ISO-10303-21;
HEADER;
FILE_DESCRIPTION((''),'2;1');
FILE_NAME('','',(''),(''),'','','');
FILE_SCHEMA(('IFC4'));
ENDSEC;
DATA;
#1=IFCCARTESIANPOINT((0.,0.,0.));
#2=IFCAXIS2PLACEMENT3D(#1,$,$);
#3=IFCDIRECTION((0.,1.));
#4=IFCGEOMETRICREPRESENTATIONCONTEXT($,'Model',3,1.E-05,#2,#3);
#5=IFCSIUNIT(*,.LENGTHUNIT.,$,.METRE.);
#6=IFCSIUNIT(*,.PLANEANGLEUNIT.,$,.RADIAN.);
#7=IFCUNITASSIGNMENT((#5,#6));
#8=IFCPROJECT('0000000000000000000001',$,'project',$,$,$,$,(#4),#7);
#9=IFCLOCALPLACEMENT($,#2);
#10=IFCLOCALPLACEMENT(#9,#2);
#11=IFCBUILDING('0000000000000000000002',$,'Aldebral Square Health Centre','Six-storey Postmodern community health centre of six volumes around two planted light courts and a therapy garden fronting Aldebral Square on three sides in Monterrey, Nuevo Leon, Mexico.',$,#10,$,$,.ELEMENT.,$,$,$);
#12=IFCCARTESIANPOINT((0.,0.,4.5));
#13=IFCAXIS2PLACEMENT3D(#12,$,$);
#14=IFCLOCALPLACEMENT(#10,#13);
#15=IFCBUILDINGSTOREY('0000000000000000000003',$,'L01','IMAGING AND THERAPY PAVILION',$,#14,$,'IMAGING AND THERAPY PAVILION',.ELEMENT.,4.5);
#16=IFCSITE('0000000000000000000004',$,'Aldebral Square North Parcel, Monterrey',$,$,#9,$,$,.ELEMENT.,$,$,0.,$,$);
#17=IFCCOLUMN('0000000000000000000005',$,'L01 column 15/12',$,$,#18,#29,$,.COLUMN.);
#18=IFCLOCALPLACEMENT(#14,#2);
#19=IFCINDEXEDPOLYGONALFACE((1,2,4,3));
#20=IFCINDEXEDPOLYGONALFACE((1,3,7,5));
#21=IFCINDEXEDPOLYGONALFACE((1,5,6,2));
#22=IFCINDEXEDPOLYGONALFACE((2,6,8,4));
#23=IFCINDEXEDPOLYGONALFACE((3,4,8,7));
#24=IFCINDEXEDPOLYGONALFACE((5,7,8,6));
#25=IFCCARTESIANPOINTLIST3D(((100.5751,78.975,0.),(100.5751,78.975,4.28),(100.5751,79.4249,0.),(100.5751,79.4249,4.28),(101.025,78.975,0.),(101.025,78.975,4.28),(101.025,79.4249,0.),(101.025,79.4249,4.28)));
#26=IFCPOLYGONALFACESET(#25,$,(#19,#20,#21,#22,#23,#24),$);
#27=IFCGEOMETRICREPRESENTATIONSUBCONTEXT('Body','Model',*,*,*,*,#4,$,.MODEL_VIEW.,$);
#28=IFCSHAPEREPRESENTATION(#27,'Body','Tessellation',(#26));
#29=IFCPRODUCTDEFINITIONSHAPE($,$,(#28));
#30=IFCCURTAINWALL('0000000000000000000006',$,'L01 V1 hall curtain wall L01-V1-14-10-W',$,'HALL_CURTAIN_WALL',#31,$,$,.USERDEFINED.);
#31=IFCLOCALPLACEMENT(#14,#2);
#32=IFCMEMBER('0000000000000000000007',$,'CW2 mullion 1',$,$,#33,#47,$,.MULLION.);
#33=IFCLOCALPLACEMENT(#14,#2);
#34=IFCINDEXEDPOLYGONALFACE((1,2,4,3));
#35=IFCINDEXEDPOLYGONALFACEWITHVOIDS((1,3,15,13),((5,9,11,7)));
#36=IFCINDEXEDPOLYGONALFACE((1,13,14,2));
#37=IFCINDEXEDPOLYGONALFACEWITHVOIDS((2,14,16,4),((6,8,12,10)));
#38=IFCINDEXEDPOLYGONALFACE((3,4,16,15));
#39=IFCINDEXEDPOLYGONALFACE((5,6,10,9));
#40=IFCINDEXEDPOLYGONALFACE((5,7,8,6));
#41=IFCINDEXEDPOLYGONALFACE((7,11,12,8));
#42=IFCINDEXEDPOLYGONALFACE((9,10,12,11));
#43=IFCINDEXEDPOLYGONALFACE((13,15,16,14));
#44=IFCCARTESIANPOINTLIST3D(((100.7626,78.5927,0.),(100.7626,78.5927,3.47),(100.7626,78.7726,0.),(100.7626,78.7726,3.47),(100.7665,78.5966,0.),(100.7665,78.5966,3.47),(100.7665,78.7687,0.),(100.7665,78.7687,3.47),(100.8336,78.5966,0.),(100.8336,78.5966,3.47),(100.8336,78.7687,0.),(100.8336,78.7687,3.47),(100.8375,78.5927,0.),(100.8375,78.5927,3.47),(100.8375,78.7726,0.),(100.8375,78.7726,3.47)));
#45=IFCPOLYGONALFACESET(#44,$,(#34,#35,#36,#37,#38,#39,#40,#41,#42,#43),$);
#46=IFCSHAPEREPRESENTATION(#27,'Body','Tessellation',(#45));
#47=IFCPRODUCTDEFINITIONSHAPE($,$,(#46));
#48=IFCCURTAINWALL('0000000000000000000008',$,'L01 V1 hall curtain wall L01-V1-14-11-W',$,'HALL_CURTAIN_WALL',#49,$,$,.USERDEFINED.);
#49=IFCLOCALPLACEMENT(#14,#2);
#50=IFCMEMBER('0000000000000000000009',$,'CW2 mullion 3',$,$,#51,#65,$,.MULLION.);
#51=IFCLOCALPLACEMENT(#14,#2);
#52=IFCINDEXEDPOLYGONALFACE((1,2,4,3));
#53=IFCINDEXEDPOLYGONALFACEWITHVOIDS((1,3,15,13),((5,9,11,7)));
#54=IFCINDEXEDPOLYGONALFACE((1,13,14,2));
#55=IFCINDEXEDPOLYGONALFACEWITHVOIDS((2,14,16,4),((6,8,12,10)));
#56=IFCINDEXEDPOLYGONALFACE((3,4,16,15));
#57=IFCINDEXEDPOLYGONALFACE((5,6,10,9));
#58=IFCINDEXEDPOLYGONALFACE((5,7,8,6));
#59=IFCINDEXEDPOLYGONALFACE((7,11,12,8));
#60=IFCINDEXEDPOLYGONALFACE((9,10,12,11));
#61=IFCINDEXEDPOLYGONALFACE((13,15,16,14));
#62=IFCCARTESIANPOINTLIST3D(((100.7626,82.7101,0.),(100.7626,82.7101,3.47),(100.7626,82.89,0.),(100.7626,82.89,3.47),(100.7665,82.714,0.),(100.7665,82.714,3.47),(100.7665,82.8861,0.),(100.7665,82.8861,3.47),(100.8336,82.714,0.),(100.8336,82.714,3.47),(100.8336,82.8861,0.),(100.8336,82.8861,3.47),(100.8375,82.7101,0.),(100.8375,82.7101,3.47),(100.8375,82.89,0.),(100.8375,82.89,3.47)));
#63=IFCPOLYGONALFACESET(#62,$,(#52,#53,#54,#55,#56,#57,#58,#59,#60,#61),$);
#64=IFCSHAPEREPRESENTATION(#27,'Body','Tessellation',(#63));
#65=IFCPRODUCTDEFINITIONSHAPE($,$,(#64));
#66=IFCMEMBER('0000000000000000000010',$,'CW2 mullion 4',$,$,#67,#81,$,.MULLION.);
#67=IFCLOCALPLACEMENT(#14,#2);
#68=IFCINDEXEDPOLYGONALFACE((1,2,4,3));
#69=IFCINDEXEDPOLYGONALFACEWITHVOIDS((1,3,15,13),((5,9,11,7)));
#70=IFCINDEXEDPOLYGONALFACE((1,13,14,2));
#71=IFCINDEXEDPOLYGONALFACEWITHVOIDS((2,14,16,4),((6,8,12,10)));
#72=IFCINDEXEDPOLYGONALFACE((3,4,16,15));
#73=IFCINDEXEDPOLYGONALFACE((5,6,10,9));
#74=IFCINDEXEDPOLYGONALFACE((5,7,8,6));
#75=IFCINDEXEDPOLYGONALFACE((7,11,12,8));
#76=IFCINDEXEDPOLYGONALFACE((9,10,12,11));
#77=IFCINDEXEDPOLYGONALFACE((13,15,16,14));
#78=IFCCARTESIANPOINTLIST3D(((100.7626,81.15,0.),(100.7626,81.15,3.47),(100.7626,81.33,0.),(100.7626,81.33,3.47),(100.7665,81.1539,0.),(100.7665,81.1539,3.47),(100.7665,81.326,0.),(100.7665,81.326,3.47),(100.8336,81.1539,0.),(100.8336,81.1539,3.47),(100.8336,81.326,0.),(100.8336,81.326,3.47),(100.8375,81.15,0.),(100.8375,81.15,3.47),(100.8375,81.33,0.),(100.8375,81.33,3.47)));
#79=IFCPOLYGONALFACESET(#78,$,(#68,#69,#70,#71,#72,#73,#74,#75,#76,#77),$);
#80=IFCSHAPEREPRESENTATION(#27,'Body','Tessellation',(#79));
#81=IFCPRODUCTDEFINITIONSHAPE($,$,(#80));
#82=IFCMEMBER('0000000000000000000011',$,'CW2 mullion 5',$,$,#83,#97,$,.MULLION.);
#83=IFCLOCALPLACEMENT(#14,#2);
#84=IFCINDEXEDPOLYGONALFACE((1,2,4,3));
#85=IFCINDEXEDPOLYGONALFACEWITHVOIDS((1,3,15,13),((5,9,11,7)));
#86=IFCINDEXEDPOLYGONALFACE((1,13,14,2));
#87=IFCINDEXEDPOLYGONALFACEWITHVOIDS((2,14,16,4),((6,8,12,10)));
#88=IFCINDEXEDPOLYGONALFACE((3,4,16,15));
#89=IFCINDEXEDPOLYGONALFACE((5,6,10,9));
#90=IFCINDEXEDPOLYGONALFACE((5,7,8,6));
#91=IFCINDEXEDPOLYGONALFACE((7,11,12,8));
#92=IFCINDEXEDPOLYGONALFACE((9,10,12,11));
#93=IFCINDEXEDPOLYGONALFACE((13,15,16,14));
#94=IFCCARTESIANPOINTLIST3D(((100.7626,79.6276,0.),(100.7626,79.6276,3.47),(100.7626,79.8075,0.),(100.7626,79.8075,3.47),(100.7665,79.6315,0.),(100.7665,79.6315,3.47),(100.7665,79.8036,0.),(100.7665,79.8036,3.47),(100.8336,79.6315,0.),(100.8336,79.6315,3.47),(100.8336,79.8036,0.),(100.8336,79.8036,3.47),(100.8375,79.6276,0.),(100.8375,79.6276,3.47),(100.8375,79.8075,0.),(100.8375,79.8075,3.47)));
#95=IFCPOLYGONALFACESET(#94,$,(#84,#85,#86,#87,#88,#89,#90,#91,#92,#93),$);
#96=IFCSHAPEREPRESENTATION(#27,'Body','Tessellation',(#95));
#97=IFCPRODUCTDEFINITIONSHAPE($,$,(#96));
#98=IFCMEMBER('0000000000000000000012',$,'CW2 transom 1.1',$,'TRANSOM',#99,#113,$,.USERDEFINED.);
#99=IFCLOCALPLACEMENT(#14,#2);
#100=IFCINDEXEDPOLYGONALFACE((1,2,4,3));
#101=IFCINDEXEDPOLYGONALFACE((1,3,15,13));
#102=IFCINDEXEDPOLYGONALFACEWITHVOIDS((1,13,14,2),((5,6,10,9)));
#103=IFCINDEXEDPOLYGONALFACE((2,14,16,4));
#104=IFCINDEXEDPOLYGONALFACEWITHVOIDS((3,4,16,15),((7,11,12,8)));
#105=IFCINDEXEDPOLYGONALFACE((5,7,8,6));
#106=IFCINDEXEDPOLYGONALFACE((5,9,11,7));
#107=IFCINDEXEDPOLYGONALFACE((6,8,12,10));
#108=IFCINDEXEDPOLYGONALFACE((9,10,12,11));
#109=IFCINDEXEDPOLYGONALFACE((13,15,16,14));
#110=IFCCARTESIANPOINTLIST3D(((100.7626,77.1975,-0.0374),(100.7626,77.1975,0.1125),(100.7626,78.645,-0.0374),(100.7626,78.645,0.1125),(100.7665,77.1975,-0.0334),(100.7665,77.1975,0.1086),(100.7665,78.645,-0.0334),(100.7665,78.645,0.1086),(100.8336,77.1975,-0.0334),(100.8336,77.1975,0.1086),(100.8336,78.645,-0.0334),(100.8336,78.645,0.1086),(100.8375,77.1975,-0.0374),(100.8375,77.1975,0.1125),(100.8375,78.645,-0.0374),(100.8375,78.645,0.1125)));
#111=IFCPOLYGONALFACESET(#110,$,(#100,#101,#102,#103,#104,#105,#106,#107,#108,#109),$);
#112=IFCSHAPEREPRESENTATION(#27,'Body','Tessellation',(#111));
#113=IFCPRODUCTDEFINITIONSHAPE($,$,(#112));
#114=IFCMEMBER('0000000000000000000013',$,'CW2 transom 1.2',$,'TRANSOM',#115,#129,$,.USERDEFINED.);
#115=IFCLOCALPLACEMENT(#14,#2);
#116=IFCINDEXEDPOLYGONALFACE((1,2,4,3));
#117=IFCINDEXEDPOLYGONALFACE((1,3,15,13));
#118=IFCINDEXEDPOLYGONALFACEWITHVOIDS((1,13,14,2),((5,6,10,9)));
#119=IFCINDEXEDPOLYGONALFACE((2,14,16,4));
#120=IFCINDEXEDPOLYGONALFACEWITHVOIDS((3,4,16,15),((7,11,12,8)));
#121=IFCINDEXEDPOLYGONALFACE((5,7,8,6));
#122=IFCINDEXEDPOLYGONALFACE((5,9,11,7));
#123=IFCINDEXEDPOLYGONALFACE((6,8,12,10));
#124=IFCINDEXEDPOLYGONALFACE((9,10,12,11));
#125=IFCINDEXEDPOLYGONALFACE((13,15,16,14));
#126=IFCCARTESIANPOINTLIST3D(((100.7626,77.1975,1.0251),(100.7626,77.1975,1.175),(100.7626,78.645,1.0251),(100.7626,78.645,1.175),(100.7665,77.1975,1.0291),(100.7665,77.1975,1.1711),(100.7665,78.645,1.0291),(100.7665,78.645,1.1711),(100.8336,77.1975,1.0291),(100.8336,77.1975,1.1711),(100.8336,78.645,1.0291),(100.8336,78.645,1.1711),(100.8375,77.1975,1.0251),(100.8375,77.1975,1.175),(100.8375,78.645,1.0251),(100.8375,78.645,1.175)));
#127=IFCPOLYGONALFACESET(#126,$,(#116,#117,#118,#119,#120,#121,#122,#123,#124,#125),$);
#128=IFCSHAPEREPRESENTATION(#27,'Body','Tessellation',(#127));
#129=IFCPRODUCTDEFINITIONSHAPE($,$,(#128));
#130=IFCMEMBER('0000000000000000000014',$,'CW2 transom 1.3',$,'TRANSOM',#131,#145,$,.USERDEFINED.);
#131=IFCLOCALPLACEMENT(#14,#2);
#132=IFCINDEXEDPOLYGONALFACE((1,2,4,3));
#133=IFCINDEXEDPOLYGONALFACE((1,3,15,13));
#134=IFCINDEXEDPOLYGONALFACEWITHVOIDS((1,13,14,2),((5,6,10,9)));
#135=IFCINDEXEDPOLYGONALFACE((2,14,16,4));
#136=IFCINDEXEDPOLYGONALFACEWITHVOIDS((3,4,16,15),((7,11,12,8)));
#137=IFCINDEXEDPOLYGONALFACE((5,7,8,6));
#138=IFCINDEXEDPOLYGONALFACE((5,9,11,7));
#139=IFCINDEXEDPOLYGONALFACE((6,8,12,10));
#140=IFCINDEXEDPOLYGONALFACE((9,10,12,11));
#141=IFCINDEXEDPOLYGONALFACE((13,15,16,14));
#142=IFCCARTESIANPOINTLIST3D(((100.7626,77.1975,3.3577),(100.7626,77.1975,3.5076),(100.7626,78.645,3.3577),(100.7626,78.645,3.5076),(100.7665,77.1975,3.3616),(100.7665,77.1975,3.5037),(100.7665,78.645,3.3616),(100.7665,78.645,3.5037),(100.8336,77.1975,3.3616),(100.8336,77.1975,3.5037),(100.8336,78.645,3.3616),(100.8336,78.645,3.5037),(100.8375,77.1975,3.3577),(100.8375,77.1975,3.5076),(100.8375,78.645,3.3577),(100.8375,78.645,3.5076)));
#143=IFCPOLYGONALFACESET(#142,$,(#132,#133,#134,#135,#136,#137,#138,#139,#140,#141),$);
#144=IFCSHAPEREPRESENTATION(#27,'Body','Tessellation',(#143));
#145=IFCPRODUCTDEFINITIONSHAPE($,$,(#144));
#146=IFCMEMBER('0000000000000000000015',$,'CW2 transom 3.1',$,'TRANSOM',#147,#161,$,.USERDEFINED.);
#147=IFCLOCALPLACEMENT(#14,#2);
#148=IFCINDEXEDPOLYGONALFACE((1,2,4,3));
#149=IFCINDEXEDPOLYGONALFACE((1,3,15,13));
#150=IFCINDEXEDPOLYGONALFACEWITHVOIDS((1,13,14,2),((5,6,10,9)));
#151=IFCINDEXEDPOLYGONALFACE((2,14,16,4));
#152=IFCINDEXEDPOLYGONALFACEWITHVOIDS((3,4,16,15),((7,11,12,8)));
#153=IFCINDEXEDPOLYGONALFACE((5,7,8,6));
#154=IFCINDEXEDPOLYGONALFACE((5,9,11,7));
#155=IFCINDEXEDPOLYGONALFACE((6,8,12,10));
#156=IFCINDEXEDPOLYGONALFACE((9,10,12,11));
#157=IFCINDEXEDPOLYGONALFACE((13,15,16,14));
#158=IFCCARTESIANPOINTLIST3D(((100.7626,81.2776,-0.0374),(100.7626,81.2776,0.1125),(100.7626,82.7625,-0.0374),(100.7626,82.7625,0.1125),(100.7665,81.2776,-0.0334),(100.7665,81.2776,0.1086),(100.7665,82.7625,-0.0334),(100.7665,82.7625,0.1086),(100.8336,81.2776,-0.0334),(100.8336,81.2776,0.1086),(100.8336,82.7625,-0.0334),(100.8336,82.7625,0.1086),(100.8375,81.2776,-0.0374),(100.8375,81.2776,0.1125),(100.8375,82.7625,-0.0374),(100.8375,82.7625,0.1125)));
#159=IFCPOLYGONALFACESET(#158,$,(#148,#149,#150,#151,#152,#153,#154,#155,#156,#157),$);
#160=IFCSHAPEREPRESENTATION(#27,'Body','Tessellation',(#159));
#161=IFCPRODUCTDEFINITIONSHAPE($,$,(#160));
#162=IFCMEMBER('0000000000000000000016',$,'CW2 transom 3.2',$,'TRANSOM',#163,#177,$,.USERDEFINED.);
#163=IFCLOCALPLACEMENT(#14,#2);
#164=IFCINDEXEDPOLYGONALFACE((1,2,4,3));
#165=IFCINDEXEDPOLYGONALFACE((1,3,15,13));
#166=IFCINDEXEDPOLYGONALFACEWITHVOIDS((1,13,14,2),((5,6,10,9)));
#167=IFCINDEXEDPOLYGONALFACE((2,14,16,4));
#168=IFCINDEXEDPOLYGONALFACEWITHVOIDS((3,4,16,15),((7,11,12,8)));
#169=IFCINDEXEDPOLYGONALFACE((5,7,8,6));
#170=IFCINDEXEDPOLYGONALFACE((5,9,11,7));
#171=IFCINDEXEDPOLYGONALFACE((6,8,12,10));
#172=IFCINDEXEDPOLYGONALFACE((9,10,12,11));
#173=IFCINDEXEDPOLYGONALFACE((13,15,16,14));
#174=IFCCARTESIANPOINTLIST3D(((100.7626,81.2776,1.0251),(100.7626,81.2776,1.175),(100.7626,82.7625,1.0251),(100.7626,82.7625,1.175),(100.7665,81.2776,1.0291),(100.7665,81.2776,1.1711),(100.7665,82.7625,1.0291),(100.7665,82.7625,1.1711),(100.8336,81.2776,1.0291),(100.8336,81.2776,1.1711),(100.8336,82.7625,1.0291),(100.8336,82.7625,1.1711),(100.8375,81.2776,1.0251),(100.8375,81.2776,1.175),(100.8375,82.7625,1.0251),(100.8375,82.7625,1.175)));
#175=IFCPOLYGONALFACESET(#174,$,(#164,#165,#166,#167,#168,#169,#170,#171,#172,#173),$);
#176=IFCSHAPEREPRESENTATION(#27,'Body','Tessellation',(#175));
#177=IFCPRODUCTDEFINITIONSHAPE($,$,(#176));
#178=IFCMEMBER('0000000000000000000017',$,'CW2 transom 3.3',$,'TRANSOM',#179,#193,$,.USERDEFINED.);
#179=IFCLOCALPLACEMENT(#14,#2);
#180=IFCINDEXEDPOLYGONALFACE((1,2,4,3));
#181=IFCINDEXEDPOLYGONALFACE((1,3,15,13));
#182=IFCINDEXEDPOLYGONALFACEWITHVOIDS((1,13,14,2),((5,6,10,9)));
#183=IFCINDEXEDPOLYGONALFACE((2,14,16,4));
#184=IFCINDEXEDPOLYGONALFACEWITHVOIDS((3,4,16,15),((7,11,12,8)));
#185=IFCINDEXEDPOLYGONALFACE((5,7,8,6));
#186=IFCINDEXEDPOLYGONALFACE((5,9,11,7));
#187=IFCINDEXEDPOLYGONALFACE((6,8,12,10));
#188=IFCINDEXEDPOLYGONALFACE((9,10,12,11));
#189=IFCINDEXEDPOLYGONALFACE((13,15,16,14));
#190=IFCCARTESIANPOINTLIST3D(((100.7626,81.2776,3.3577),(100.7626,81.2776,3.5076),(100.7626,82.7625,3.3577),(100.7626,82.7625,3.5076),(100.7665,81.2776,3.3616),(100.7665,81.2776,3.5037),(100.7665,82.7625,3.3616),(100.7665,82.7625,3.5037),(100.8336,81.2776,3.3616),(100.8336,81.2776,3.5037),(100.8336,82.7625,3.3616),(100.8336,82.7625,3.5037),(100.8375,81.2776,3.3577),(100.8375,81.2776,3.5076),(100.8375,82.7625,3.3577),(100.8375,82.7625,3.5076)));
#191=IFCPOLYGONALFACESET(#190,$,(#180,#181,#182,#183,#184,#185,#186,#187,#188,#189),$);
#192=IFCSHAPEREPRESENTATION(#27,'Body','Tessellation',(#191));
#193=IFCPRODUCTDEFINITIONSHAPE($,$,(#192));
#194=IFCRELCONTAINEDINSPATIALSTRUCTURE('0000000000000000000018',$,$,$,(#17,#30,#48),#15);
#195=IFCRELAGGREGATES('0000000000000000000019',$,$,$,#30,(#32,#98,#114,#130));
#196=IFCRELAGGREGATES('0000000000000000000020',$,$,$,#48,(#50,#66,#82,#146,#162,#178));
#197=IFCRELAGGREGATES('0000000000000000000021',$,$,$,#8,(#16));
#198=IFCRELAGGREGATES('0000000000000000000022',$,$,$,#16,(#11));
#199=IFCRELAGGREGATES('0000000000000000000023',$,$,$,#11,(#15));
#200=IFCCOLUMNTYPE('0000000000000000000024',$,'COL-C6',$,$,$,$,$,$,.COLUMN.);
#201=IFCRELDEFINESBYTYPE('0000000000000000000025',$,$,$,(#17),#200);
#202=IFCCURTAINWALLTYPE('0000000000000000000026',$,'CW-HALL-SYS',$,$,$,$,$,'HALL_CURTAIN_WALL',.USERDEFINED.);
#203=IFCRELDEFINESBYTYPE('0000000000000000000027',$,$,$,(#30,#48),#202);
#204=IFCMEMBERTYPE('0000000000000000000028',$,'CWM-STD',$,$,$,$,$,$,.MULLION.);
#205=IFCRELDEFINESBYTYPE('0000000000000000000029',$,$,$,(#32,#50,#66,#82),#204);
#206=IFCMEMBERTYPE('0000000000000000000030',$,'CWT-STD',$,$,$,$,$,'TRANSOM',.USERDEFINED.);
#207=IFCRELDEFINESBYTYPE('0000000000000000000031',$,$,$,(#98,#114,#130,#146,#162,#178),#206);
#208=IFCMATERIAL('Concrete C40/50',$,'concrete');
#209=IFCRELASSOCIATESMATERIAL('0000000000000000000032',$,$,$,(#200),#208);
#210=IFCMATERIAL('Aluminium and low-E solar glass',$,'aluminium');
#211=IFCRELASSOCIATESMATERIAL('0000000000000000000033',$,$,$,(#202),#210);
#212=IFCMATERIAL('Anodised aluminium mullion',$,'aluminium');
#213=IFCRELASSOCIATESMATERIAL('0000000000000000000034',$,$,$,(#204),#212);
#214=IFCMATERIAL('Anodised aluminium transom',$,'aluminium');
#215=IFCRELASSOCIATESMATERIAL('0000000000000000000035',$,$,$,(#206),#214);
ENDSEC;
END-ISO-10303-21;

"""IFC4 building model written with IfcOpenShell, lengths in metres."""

from ifc_helpers import new_model, si_unit, direction, frame, origin, origin_2d, place, context, subcontext, project, spatial, rectangle, hollow_rectangle, extrude, material, material_profile, profile_set, type_object, element, aggregate, save


model = new_model("IFC4")

# Units and contexts
model_context = context("Model", 3, precision=1e-05, world=origin(), true_north=direction((0.0, 1.0)))
body_context = subcontext(model_context, "Body", "Model", "MODEL_VIEW")
ifc_project = project(units=[si_unit("LENGTHUNIT", "METRE"), si_unit("PLANEANGLEUNIT", "RADIAN")], contexts=[model_context])

# Site, building, storey
site_placement = place(None, origin())
site = spatial("IfcSite", under=ifc_project, at=site_placement, Name="Aldebral Square North Parcel, Monterrey", CompositionType="ELEMENT", RefElevation=0.0)
building_placement = place(site_placement, origin())
building = spatial("IfcBuilding", under=site, at=building_placement, Name="Aldebral Square Health Centre", Description="Six-storey Postmodern community health centre of six volumes around two planted light courts and a therapy garden fronting Aldebral Square on three sides in Monterrey, Nuevo Leon, Mexico.", CompositionType="ELEMENT")
storey_placement = place(building_placement, frame((0.0, 0.0, 4.5)))
storey = spatial("IfcBuildingStorey", under=building, at=storey_placement, Name="L01", Description="IMAGING AND THERAPY PAVILION", LongName="IMAGING AND THERAPY PAVILION", CompositionType="ELEMENT", Elevation=4.5)

# Column
ifc_material_1 = material(Name="Concrete C40/50", Category="concrete")
ifc_material_profile_1 = material_profile(ifc_material_1, rectangle(XDim=0.45, YDim=0.45, at=origin_2d()), Name="RC 450x450")
ifc_profile_set_1 = profile_set([ifc_material_profile_1], Name="Concrete C40/50")
column_type = type_object("IfcColumnType", Name="COL-C6", PredefinedType="COLUMN", material=ifc_profile_set_1)
column_placement = place(storey_placement, frame((100.8, 79.2, 0.0), z_axis=(0.0, 0.0, 1.0), x_axis=(1.0, 0.0, 0.0)))
element("IfcColumn", 1, at=column_placement, inside=storey, type_object=column_type, Name="L01 column 15/12", PredefinedType="COLUMN", context=body_context, shape_type="SweptSolid", body=[
    extrude(rectangle(XDim=0.45, YDim=0.45, at=origin_2d()), origin(), (0.0, 0.0, 1.0), 4.28),
])

# Curtain wall, member
ifc_material_2 = material(Name="Aluminium and low-E solar glass", Category="aluminium")
curtain_wall_type = type_object("IfcCurtainWallType", Name="CW-HALL-SYS", ElementType="HALL_CURTAIN_WALL", PredefinedType="USERDEFINED", material=ifc_material_2)
curtain_wall_1_placement = place(storey_placement, origin())
curtain_wall_1 = element("IfcCurtainWall", 2, at=curtain_wall_1_placement, inside=storey, type_object=curtain_wall_type, Name="L01 V1 hall curtain wall L01-V1-14-10-W", ObjectType="HALL_CURTAIN_WALL", PredefinedType="USERDEFINED")
ifc_material_3 = material(Name="Anodised aluminium mullion", Category="aluminium")
ifc_material_profile_2 = material_profile(ifc_material_3, hollow_rectangle(XDim=0.075, YDim=0.1799, WallThickness=0.0039, at=origin_2d()), Name="CWM 75x180x4")
ifc_profile_set_2 = profile_set([ifc_material_profile_2], Name="Anodised aluminium mullion")
member_type_1 = type_object("IfcMemberType", Name="CWM-STD", PredefinedType="MULLION", material=ifc_profile_set_2)
member_1_placement = place(storey_placement, frame((100.8, 78.6826, 0.0), z_axis=(0.0, 0.0, 1.0), x_axis=(1.0, 0.0, 0.0)))
member_1 = element("IfcMember", 3, at=member_1_placement, type_object=member_type_1, Name="CW2 mullion 1", PredefinedType="MULLION", context=body_context, shape_type="SweptSolid", body=[
    extrude(hollow_rectangle(XDim=0.075, YDim=0.1799, WallThickness=0.0039, at=origin_2d()), origin(), (0.0, 0.0, 1.0), 3.47),
])

# Curtain wall, members
curtain_wall_2_placement = place(storey_placement, origin())
curtain_wall_2 = element("IfcCurtainWall", 4, at=curtain_wall_2_placement, inside=storey, type_object=curtain_wall_type, Name="L01 V1 hall curtain wall L01-V1-14-11-W", ObjectType="HALL_CURTAIN_WALL", PredefinedType="USERDEFINED")
member_2_placement = place(storey_placement, frame((100.8, 82.8, 0.0), z_axis=(0.0, 0.0, 1.0), x_axis=(1.0, 0.0, 0.0)))
member_2 = element("IfcMember", 5, at=member_2_placement, type_object=member_type_1, Name="CW2 mullion 3", PredefinedType="MULLION", context=body_context, shape_type="SweptSolid", body=[
    extrude(hollow_rectangle(XDim=0.075, YDim=0.1799, WallThickness=0.0039, at=origin_2d()), origin(), (0.0, 0.0, 1.0), 3.47),
])
member_3_placement = place(storey_placement, frame((100.8, 81.24, 0.0), z_axis=(0.0, 0.0, 1.0), x_axis=(1.0, 0.0, 0.0)))
member_3 = element("IfcMember", 6, at=member_3_placement, type_object=member_type_1, Name="CW2 mullion 4", PredefinedType="MULLION", context=body_context, shape_type="SweptSolid", body=[
    extrude(hollow_rectangle(XDim=0.075, YDim=0.1799, WallThickness=0.0039, at=origin_2d()), origin(), (0.0, 0.0, 1.0), 3.47),
])
member_4_placement = place(storey_placement, frame((100.8, 79.7175, 0.0), z_axis=(0.0, 0.0, 1.0), x_axis=(1.0, 0.0, 0.0)))
member_4 = element("IfcMember", 7, at=member_4_placement, type_object=member_type_1, Name="CW2 mullion 5", PredefinedType="MULLION", context=body_context, shape_type="SweptSolid", body=[
    extrude(hollow_rectangle(XDim=0.075, YDim=0.1799, WallThickness=0.0039, at=origin_2d()), origin(), (0.0, 0.0, 1.0), 3.47),
])

# Members
ifc_material_4 = material(Name="Anodised aluminium transom", Category="aluminium")
ifc_material_profile_3 = material_profile(ifc_material_4, hollow_rectangle(XDim=0.075, YDim=0.1499, WallThickness=0.0039, at=origin_2d()), Name="CWT 75x150x4")
ifc_profile_set_3 = profile_set([ifc_material_profile_3], Name="Anodised aluminium transom")
member_type_2 = type_object("IfcMemberType", Name="CWT-STD", ElementType="TRANSOM", PredefinedType="USERDEFINED", material=ifc_profile_set_3)
member_5_placement = place(storey_placement, frame((100.8, 78.645, 0.0376), z_axis=(0.0, -1.0, 0.0), x_axis=(1.0, 0.0, 0.0)))
member_5 = element("IfcMember", 8, at=member_5_placement, type_object=member_type_2, Name="CW2 transom 1.1", ObjectType="TRANSOM", PredefinedType="USERDEFINED", context=body_context, shape_type="SweptSolid", body=[
    extrude(hollow_rectangle(XDim=0.075, YDim=0.1499, WallThickness=0.0039, at=origin_2d()), origin(), (0.0, 0.0, 1.0), 1.4475),
])
member_6_placement = place(storey_placement, frame((100.8, 78.645, 1.1001), z_axis=(0.0, -1.0, 0.0), x_axis=(1.0, 0.0, 0.0)))
member_6 = element("IfcMember", 9, at=member_6_placement, type_object=member_type_2, Name="CW2 transom 1.2", ObjectType="TRANSOM", PredefinedType="USERDEFINED", context=body_context, shape_type="SweptSolid", body=[
    extrude(hollow_rectangle(XDim=0.075, YDim=0.1499, WallThickness=0.0039, at=origin_2d()), origin(), (0.0, 0.0, 1.0), 1.4475),
])
member_7_placement = place(storey_placement, frame((100.8, 78.645, 3.4326), z_axis=(0.0, -1.0, 0.0), x_axis=(1.0, 0.0, 0.0)))
member_7 = element("IfcMember", 10, at=member_7_placement, type_object=member_type_2, Name="CW2 transom 1.3", ObjectType="TRANSOM", PredefinedType="USERDEFINED", context=body_context, shape_type="SweptSolid", body=[
    extrude(hollow_rectangle(XDim=0.075, YDim=0.1499, WallThickness=0.0039, at=origin_2d()), origin(), (0.0, 0.0, 1.0), 1.4475),
])
member_8_placement = place(storey_placement, frame((100.8, 82.7625, 0.0376), z_axis=(0.0, -1.0, 0.0), x_axis=(1.0, 0.0, 0.0)))
member_8 = element("IfcMember", 11, at=member_8_placement, type_object=member_type_2, Name="CW2 transom 3.1", ObjectType="TRANSOM", PredefinedType="USERDEFINED", context=body_context, shape_type="SweptSolid", body=[
    extrude(hollow_rectangle(XDim=0.075, YDim=0.1499, WallThickness=0.0039, at=origin_2d()), origin(), (0.0, 0.0, 1.0), 1.4849),
])
member_9_placement = place(storey_placement, frame((100.8, 82.7625, 1.1001), z_axis=(0.0, -1.0, 0.0), x_axis=(1.0, 0.0, 0.0)))
member_9 = element("IfcMember", 12, at=member_9_placement, type_object=member_type_2, Name="CW2 transom 3.2", ObjectType="TRANSOM", PredefinedType="USERDEFINED", context=body_context, shape_type="SweptSolid", body=[
    extrude(hollow_rectangle(XDim=0.075, YDim=0.1499, WallThickness=0.0039, at=origin_2d()), origin(), (0.0, 0.0, 1.0), 1.4849),
])
member_10_placement = place(storey_placement, frame((100.8, 82.7625, 3.4326), z_axis=(0.0, -1.0, 0.0), x_axis=(1.0, 0.0, 0.0)))
member_10 = element("IfcMember", 13, at=member_10_placement, type_object=member_type_2, Name="CW2 transom 3.3", ObjectType="TRANSOM", PredefinedType="USERDEFINED", context=body_context, shape_type="SweptSolid", body=[
    extrude(hollow_rectangle(XDim=0.075, YDim=0.1499, WallThickness=0.0039, at=origin_2d()), origin(), (0.0, 0.0, 1.0), 1.4849),
])

aggregate(curtain_wall_1, [member_1, member_5, member_6, member_7])
aggregate(curtain_wall_2, [member_2, member_3, member_4, member_8, member_9, member_10])

save(model, "model.ifc")
